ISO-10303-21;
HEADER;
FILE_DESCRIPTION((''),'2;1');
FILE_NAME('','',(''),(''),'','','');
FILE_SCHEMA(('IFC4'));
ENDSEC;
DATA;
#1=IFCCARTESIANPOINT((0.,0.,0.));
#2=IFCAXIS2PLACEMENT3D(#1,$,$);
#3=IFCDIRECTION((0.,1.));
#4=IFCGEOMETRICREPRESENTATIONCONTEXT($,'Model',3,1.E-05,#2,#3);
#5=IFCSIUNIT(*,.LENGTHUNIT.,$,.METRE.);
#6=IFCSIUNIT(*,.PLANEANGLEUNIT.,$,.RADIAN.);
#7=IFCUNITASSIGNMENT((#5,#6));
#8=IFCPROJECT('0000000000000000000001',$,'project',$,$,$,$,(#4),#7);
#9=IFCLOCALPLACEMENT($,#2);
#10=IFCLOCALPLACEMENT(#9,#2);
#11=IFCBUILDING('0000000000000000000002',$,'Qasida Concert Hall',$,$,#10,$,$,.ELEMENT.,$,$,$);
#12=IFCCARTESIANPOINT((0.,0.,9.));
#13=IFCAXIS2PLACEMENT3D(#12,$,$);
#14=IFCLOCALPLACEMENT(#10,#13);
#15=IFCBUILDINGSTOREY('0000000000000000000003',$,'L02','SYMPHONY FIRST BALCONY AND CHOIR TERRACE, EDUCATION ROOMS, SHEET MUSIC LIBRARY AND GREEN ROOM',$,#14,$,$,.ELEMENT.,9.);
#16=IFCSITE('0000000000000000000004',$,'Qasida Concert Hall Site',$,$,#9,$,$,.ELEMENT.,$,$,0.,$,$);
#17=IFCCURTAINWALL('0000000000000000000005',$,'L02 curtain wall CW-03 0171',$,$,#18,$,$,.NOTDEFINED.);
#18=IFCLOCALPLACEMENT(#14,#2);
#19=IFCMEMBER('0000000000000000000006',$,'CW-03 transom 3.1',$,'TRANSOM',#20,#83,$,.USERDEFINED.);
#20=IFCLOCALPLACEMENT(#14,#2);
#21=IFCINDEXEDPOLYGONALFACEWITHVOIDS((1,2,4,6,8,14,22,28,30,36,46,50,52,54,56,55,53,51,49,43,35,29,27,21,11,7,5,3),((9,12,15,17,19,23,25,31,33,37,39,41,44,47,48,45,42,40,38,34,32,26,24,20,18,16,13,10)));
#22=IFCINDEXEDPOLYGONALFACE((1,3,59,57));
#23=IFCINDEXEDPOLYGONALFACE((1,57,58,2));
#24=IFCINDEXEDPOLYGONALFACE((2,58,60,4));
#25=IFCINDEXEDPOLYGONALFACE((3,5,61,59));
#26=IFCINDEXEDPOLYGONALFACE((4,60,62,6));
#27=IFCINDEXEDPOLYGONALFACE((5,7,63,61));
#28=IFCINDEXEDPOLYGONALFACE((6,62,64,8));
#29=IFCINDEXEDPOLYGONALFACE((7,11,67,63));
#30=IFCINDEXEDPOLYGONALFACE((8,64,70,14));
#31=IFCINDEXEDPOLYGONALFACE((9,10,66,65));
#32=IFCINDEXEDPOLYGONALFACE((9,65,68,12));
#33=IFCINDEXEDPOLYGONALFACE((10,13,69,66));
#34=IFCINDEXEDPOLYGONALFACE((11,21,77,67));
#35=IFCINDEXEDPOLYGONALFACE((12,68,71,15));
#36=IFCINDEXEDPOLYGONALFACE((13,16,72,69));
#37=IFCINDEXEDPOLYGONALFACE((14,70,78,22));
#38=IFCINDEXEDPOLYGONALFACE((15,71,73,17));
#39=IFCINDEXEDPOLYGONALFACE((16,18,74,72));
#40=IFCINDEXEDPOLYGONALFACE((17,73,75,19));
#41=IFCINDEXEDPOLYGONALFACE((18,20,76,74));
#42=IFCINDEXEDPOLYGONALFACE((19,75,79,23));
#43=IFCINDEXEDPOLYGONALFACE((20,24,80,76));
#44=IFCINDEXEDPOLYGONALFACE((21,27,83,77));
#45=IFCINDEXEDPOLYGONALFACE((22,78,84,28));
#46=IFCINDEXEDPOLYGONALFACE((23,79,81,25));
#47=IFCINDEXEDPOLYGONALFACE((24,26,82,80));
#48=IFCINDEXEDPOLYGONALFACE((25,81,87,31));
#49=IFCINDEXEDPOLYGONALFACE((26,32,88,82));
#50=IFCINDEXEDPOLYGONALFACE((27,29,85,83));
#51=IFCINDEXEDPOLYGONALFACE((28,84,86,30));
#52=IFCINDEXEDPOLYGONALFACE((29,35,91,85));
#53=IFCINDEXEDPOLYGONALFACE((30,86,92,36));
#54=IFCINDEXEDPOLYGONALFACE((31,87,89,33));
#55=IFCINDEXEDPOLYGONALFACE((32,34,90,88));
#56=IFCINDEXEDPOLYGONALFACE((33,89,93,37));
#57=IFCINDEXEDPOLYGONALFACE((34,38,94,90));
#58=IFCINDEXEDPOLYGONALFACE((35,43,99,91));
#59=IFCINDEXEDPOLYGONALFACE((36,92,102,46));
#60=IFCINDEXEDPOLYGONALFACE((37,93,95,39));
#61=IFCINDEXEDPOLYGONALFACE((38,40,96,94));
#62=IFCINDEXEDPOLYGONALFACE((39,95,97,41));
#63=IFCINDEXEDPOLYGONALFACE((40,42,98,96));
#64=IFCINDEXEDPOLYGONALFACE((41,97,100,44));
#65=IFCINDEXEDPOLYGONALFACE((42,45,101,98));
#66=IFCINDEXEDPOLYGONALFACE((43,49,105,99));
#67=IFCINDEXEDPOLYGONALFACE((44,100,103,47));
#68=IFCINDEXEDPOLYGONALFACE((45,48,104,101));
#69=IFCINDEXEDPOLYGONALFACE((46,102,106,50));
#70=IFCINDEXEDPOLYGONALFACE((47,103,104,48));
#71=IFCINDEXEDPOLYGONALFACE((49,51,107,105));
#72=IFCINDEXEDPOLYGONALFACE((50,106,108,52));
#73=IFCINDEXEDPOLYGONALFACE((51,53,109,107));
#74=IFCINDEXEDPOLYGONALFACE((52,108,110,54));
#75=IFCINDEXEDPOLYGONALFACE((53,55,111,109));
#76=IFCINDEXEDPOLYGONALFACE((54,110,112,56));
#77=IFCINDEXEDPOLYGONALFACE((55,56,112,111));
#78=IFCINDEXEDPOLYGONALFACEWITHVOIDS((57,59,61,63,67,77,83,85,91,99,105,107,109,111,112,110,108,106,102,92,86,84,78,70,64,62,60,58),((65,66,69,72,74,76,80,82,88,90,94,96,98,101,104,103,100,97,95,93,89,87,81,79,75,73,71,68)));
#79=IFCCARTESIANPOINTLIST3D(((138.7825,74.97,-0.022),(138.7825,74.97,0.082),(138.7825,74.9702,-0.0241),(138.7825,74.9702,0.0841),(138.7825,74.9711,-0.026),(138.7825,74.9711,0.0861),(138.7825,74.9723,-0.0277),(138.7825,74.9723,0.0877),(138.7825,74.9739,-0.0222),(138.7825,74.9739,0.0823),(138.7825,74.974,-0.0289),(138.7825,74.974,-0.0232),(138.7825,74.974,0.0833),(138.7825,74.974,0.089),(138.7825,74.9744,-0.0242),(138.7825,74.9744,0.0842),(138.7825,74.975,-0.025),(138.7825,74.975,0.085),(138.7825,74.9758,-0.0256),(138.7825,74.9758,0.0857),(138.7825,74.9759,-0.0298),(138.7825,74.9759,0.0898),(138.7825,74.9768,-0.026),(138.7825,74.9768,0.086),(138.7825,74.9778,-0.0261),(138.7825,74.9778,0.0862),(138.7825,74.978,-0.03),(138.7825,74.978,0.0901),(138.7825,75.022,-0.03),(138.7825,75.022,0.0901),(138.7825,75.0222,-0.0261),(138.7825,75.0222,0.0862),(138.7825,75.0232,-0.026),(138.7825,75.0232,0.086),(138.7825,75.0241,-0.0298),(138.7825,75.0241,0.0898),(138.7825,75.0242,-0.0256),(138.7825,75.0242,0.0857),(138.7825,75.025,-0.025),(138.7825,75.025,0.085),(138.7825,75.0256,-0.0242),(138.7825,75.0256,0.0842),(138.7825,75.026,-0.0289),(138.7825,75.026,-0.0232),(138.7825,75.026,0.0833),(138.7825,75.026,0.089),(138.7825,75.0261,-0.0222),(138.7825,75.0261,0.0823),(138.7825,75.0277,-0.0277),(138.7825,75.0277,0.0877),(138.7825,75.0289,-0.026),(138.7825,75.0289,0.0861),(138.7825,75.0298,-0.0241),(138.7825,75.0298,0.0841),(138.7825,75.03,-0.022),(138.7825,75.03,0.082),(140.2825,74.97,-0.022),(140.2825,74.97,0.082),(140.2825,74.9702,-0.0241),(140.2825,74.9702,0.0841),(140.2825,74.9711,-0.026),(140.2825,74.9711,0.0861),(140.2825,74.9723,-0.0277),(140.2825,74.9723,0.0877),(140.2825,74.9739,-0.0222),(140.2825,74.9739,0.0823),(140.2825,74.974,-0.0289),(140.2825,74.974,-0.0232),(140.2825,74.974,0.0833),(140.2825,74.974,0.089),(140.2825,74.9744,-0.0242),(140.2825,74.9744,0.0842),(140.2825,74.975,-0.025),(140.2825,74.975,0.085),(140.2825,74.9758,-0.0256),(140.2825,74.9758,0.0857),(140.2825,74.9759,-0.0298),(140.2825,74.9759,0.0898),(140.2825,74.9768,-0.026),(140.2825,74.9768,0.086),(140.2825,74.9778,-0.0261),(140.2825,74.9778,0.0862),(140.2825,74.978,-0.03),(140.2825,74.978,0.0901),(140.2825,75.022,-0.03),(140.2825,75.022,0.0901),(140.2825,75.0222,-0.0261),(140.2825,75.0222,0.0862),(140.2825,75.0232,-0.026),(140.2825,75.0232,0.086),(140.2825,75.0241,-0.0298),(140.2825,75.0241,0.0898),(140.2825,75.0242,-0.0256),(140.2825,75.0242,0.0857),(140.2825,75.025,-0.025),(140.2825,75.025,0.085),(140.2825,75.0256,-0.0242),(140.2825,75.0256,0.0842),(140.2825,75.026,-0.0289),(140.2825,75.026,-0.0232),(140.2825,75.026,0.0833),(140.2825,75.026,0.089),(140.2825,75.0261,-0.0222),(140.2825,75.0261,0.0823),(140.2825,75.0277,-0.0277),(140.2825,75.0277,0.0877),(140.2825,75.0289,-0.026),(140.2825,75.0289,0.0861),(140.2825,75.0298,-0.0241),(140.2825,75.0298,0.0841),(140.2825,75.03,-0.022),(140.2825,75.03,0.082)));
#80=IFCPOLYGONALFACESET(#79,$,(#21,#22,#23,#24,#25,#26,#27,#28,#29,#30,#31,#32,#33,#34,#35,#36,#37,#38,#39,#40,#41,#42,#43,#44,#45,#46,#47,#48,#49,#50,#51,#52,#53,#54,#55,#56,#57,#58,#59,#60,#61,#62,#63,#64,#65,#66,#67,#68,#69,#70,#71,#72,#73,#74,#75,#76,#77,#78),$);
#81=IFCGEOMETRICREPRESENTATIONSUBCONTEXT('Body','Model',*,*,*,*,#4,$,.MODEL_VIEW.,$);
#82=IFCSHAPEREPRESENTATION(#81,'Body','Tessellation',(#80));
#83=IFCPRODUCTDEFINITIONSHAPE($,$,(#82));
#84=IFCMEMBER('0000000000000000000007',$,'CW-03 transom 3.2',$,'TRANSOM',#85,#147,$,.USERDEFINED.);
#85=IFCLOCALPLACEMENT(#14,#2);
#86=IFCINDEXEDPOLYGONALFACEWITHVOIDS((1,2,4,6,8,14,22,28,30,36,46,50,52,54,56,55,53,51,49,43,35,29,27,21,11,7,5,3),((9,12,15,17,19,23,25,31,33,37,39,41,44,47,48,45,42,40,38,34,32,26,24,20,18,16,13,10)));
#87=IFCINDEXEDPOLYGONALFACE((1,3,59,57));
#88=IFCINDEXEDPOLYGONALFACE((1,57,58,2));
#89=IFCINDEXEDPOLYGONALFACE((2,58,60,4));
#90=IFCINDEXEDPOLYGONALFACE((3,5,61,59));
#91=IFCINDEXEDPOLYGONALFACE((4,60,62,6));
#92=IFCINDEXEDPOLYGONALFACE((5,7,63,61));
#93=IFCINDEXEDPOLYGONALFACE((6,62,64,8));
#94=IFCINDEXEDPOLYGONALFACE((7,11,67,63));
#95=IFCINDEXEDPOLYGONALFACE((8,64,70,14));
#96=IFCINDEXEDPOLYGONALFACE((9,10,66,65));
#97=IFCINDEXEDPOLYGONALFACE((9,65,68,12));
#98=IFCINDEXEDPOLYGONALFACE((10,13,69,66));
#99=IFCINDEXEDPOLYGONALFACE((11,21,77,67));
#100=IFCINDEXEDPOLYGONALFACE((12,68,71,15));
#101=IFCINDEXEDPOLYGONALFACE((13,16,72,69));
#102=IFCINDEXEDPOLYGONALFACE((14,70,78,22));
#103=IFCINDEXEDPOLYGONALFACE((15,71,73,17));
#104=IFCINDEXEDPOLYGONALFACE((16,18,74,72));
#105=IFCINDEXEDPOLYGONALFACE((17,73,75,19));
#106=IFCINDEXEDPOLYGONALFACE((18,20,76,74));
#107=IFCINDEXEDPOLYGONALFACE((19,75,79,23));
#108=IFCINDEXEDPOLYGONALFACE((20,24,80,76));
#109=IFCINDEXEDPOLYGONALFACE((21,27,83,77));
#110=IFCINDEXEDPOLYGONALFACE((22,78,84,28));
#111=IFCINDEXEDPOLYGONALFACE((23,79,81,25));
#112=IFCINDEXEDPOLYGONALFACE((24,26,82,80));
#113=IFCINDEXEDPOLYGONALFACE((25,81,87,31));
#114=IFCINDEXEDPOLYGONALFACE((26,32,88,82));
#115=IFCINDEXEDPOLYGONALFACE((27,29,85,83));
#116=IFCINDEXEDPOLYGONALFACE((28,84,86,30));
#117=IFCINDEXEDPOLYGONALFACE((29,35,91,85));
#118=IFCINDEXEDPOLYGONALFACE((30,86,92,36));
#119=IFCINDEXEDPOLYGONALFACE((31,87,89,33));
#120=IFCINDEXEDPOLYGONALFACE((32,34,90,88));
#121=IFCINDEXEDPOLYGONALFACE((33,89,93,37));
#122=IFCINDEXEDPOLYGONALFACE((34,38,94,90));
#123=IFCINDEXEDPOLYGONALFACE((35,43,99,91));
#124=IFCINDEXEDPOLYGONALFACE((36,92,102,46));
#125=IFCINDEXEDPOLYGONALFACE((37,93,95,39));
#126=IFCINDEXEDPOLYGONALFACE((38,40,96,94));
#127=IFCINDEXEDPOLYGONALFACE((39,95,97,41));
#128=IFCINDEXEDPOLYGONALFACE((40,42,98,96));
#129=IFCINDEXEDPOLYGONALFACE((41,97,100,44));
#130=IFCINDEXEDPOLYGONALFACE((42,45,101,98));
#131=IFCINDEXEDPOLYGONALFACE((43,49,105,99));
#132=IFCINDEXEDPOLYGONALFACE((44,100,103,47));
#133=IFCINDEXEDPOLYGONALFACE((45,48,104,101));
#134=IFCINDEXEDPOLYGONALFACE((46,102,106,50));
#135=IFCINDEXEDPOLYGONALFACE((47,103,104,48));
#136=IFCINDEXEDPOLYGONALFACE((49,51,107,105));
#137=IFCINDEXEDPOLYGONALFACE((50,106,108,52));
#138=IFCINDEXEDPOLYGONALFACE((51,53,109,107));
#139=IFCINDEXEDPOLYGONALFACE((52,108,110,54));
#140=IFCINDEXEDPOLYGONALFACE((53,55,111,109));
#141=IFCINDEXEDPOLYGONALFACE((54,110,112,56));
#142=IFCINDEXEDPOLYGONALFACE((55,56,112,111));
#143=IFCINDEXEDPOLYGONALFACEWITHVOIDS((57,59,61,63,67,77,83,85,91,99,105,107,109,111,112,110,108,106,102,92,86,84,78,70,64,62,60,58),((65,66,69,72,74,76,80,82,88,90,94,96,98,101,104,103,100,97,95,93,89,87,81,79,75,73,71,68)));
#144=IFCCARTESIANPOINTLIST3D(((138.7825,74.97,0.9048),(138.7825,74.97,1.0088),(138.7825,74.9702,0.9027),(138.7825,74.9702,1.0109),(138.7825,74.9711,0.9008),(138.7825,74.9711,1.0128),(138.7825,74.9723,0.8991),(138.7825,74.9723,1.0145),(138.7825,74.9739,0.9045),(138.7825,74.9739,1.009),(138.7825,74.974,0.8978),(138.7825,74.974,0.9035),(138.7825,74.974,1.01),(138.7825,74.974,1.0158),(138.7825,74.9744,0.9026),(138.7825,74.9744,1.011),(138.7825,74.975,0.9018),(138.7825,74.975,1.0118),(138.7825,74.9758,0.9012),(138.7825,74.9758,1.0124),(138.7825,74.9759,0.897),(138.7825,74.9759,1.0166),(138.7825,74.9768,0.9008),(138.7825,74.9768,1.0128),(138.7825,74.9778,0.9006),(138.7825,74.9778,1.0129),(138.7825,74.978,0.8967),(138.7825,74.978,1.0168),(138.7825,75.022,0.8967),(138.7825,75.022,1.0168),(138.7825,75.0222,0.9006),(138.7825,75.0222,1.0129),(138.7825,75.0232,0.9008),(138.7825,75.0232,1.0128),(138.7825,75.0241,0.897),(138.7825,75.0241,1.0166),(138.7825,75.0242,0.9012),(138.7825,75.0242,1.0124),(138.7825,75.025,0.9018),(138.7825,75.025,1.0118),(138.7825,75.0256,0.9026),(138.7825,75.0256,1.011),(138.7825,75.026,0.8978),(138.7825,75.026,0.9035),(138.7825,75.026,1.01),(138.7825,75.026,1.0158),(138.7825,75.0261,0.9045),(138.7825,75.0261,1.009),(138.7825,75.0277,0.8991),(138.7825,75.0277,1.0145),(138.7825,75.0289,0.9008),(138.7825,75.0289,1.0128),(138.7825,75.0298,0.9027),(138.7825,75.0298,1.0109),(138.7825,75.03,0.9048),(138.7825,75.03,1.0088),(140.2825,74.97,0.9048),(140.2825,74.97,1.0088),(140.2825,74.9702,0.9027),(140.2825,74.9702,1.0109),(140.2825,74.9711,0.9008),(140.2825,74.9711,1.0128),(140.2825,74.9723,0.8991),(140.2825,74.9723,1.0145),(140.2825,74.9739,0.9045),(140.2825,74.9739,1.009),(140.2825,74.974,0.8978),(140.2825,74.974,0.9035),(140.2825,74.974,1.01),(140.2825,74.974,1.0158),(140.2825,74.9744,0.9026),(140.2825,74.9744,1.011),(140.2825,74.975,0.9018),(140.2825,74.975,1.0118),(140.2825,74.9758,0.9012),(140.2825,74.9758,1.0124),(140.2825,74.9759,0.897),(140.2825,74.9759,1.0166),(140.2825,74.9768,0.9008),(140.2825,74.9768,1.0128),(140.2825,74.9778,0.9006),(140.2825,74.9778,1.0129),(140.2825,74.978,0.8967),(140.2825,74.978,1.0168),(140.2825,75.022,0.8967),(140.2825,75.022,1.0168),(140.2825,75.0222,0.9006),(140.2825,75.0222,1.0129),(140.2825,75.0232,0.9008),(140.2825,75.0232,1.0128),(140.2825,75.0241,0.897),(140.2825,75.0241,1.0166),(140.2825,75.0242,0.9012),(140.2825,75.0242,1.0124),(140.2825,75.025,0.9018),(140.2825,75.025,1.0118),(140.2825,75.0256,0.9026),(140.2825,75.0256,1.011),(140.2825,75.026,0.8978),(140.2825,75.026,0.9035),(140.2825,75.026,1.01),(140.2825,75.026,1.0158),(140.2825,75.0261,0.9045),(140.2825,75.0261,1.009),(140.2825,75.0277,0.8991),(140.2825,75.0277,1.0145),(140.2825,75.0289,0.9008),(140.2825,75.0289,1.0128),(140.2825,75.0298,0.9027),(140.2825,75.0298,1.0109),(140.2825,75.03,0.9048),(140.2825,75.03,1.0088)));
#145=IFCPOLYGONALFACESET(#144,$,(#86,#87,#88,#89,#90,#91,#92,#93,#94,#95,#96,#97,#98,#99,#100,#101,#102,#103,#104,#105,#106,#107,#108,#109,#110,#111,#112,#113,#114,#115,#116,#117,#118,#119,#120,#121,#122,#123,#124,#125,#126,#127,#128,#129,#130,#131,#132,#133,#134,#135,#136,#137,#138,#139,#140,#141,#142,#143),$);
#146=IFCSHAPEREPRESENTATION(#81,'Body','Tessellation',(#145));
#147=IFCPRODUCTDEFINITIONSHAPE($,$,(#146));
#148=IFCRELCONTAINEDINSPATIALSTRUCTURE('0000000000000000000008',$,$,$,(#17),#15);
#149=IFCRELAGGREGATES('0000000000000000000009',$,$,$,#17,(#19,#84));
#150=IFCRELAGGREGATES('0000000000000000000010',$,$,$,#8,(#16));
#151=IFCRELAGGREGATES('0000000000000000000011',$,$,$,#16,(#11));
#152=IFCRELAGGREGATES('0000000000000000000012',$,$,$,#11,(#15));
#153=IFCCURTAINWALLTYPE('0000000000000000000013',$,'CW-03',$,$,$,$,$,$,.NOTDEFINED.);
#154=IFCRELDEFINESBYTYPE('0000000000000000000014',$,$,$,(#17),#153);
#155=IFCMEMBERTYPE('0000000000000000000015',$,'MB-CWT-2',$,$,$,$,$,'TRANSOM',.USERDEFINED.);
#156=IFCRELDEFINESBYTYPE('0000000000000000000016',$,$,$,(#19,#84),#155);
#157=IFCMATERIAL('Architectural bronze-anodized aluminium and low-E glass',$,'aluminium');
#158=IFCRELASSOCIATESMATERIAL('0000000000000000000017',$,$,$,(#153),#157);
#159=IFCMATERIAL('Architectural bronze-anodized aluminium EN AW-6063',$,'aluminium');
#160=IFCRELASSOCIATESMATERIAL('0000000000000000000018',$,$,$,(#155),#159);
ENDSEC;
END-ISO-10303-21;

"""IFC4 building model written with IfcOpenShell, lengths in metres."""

from ifc_helpers import new_model, si_unit, direction, frame, origin, origin_2d, place, context, subcontext, project, spatial, hollow_rectangle, extrude, material, material_profile, profile_set, type_object, element, aggregate, save


model = new_model("IFC4")

# Units and contexts
model_context = context("Model", 3, precision=1e-05, world=origin(), true_north=direction((0.0, 1.0)))
body_context = subcontext(model_context, "Body", "Model", "MODEL_VIEW")
ifc_project = project(units=[si_unit("LENGTHUNIT", "METRE"), si_unit("PLANEANGLEUNIT", "RADIAN")], contexts=[model_context])

# Site, building, storey
site_placement = place(None, origin())
site = spatial("IfcSite", under=ifc_project, at=site_placement, Name="Qasida Concert Hall Site", CompositionType="ELEMENT", RefElevation=0.0)
building_placement = place(site_placement, origin())
building = spatial("IfcBuilding", under=site, at=building_placement, Name="Qasida Concert Hall", CompositionType="ELEMENT")
storey_placement = place(building_placement, frame((0.0, 0.0, 9.0)))
storey = spatial("IfcBuildingStorey", under=building, at=storey_placement, Name="L02", Description="SYMPHONY FIRST BALCONY AND CHOIR TERRACE, EDUCATION ROOMS, SHEET MUSIC LIBRARY AND GREEN ROOM", CompositionType="ELEMENT", Elevation=9.0)

# Curtain wall, members
ifc_material_1 = material(Name="Architectural bronze-anodized aluminium and low-E glass", Category="aluminium")
curtain_wall_type = type_object("IfcCurtainWallType", Name="CW-03", PredefinedType="NOTDEFINED", material=ifc_material_1)
curtain_wall_placement = place(storey_placement, origin())
curtain_wall = element("IfcCurtainWall", 1, at=curtain_wall_placement, inside=storey, type_object=curtain_wall_type, Name="L02 curtain wall CW-03 0171", PredefinedType="NOTDEFINED")
ifc_material_2 = material(Name="Architectural bronze-anodized aluminium EN AW-6063", Category="aluminium")
ifc_material_profile_1 = material_profile(ifc_material_2, hollow_rectangle(XDim=0.0601, YDim=0.1201, WallThickness=0.0039, InnerFilletRadius=0.0039, OuterFilletRadius=0.0081, at=origin_2d()), Name="CWT 120x60x4")
ifc_profile_set_1 = profile_set([ifc_material_profile_1], Name="Architectural bronze-anodized aluminium EN AW-6063")
member_type_1 = type_object("IfcMemberType", Name="MB-CWT-2", ElementType="TRANSOM", PredefinedType="USERDEFINED", material=ifc_profile_set_1)
member_1_placement = place(storey_placement, frame((138.7825, 75.0, 0.03), z_axis=(1.0, 0.0, 0.0), x_axis=(0.0, 1.0, 0.0)))
member_1 = element("IfcMember", 2, at=member_1_placement, type_object=member_type_1, Name="CW-03 transom 3.1", ObjectType="TRANSOM", PredefinedType="USERDEFINED", context=body_context, shape_type="SweptSolid", body=[
    extrude(hollow_rectangle(XDim=0.0601, YDim=0.1201, WallThickness=0.0039, InnerFilletRadius=0.0039, OuterFilletRadius=0.0081, at=origin_2d()), origin(), (0.0, 0.0, 1.0), 1.5),
])
member_2_placement = place(storey_placement, frame((138.7825, 75.0, 0.9568), z_axis=(1.0, 0.0, 0.0), x_axis=(0.0, 1.0, 0.0)))
member_2 = element("IfcMember", 3, at=member_2_placement, type_object=member_type_1, Name="CW-03 transom 3.2", ObjectType="TRANSOM", PredefinedType="USERDEFINED", context=body_context, shape_type="SweptSolid", body=[
    extrude(hollow_rectangle(XDim=0.0601, YDim=0.1201, WallThickness=0.0039, InnerFilletRadius=0.0039, OuterFilletRadius=0.0081, at=origin_2d()), origin(), (0.0, 0.0, 1.0), 1.5),
])
aggregate(curtain_wall, [member_1, member_2])

save(model, "model.ifc")
